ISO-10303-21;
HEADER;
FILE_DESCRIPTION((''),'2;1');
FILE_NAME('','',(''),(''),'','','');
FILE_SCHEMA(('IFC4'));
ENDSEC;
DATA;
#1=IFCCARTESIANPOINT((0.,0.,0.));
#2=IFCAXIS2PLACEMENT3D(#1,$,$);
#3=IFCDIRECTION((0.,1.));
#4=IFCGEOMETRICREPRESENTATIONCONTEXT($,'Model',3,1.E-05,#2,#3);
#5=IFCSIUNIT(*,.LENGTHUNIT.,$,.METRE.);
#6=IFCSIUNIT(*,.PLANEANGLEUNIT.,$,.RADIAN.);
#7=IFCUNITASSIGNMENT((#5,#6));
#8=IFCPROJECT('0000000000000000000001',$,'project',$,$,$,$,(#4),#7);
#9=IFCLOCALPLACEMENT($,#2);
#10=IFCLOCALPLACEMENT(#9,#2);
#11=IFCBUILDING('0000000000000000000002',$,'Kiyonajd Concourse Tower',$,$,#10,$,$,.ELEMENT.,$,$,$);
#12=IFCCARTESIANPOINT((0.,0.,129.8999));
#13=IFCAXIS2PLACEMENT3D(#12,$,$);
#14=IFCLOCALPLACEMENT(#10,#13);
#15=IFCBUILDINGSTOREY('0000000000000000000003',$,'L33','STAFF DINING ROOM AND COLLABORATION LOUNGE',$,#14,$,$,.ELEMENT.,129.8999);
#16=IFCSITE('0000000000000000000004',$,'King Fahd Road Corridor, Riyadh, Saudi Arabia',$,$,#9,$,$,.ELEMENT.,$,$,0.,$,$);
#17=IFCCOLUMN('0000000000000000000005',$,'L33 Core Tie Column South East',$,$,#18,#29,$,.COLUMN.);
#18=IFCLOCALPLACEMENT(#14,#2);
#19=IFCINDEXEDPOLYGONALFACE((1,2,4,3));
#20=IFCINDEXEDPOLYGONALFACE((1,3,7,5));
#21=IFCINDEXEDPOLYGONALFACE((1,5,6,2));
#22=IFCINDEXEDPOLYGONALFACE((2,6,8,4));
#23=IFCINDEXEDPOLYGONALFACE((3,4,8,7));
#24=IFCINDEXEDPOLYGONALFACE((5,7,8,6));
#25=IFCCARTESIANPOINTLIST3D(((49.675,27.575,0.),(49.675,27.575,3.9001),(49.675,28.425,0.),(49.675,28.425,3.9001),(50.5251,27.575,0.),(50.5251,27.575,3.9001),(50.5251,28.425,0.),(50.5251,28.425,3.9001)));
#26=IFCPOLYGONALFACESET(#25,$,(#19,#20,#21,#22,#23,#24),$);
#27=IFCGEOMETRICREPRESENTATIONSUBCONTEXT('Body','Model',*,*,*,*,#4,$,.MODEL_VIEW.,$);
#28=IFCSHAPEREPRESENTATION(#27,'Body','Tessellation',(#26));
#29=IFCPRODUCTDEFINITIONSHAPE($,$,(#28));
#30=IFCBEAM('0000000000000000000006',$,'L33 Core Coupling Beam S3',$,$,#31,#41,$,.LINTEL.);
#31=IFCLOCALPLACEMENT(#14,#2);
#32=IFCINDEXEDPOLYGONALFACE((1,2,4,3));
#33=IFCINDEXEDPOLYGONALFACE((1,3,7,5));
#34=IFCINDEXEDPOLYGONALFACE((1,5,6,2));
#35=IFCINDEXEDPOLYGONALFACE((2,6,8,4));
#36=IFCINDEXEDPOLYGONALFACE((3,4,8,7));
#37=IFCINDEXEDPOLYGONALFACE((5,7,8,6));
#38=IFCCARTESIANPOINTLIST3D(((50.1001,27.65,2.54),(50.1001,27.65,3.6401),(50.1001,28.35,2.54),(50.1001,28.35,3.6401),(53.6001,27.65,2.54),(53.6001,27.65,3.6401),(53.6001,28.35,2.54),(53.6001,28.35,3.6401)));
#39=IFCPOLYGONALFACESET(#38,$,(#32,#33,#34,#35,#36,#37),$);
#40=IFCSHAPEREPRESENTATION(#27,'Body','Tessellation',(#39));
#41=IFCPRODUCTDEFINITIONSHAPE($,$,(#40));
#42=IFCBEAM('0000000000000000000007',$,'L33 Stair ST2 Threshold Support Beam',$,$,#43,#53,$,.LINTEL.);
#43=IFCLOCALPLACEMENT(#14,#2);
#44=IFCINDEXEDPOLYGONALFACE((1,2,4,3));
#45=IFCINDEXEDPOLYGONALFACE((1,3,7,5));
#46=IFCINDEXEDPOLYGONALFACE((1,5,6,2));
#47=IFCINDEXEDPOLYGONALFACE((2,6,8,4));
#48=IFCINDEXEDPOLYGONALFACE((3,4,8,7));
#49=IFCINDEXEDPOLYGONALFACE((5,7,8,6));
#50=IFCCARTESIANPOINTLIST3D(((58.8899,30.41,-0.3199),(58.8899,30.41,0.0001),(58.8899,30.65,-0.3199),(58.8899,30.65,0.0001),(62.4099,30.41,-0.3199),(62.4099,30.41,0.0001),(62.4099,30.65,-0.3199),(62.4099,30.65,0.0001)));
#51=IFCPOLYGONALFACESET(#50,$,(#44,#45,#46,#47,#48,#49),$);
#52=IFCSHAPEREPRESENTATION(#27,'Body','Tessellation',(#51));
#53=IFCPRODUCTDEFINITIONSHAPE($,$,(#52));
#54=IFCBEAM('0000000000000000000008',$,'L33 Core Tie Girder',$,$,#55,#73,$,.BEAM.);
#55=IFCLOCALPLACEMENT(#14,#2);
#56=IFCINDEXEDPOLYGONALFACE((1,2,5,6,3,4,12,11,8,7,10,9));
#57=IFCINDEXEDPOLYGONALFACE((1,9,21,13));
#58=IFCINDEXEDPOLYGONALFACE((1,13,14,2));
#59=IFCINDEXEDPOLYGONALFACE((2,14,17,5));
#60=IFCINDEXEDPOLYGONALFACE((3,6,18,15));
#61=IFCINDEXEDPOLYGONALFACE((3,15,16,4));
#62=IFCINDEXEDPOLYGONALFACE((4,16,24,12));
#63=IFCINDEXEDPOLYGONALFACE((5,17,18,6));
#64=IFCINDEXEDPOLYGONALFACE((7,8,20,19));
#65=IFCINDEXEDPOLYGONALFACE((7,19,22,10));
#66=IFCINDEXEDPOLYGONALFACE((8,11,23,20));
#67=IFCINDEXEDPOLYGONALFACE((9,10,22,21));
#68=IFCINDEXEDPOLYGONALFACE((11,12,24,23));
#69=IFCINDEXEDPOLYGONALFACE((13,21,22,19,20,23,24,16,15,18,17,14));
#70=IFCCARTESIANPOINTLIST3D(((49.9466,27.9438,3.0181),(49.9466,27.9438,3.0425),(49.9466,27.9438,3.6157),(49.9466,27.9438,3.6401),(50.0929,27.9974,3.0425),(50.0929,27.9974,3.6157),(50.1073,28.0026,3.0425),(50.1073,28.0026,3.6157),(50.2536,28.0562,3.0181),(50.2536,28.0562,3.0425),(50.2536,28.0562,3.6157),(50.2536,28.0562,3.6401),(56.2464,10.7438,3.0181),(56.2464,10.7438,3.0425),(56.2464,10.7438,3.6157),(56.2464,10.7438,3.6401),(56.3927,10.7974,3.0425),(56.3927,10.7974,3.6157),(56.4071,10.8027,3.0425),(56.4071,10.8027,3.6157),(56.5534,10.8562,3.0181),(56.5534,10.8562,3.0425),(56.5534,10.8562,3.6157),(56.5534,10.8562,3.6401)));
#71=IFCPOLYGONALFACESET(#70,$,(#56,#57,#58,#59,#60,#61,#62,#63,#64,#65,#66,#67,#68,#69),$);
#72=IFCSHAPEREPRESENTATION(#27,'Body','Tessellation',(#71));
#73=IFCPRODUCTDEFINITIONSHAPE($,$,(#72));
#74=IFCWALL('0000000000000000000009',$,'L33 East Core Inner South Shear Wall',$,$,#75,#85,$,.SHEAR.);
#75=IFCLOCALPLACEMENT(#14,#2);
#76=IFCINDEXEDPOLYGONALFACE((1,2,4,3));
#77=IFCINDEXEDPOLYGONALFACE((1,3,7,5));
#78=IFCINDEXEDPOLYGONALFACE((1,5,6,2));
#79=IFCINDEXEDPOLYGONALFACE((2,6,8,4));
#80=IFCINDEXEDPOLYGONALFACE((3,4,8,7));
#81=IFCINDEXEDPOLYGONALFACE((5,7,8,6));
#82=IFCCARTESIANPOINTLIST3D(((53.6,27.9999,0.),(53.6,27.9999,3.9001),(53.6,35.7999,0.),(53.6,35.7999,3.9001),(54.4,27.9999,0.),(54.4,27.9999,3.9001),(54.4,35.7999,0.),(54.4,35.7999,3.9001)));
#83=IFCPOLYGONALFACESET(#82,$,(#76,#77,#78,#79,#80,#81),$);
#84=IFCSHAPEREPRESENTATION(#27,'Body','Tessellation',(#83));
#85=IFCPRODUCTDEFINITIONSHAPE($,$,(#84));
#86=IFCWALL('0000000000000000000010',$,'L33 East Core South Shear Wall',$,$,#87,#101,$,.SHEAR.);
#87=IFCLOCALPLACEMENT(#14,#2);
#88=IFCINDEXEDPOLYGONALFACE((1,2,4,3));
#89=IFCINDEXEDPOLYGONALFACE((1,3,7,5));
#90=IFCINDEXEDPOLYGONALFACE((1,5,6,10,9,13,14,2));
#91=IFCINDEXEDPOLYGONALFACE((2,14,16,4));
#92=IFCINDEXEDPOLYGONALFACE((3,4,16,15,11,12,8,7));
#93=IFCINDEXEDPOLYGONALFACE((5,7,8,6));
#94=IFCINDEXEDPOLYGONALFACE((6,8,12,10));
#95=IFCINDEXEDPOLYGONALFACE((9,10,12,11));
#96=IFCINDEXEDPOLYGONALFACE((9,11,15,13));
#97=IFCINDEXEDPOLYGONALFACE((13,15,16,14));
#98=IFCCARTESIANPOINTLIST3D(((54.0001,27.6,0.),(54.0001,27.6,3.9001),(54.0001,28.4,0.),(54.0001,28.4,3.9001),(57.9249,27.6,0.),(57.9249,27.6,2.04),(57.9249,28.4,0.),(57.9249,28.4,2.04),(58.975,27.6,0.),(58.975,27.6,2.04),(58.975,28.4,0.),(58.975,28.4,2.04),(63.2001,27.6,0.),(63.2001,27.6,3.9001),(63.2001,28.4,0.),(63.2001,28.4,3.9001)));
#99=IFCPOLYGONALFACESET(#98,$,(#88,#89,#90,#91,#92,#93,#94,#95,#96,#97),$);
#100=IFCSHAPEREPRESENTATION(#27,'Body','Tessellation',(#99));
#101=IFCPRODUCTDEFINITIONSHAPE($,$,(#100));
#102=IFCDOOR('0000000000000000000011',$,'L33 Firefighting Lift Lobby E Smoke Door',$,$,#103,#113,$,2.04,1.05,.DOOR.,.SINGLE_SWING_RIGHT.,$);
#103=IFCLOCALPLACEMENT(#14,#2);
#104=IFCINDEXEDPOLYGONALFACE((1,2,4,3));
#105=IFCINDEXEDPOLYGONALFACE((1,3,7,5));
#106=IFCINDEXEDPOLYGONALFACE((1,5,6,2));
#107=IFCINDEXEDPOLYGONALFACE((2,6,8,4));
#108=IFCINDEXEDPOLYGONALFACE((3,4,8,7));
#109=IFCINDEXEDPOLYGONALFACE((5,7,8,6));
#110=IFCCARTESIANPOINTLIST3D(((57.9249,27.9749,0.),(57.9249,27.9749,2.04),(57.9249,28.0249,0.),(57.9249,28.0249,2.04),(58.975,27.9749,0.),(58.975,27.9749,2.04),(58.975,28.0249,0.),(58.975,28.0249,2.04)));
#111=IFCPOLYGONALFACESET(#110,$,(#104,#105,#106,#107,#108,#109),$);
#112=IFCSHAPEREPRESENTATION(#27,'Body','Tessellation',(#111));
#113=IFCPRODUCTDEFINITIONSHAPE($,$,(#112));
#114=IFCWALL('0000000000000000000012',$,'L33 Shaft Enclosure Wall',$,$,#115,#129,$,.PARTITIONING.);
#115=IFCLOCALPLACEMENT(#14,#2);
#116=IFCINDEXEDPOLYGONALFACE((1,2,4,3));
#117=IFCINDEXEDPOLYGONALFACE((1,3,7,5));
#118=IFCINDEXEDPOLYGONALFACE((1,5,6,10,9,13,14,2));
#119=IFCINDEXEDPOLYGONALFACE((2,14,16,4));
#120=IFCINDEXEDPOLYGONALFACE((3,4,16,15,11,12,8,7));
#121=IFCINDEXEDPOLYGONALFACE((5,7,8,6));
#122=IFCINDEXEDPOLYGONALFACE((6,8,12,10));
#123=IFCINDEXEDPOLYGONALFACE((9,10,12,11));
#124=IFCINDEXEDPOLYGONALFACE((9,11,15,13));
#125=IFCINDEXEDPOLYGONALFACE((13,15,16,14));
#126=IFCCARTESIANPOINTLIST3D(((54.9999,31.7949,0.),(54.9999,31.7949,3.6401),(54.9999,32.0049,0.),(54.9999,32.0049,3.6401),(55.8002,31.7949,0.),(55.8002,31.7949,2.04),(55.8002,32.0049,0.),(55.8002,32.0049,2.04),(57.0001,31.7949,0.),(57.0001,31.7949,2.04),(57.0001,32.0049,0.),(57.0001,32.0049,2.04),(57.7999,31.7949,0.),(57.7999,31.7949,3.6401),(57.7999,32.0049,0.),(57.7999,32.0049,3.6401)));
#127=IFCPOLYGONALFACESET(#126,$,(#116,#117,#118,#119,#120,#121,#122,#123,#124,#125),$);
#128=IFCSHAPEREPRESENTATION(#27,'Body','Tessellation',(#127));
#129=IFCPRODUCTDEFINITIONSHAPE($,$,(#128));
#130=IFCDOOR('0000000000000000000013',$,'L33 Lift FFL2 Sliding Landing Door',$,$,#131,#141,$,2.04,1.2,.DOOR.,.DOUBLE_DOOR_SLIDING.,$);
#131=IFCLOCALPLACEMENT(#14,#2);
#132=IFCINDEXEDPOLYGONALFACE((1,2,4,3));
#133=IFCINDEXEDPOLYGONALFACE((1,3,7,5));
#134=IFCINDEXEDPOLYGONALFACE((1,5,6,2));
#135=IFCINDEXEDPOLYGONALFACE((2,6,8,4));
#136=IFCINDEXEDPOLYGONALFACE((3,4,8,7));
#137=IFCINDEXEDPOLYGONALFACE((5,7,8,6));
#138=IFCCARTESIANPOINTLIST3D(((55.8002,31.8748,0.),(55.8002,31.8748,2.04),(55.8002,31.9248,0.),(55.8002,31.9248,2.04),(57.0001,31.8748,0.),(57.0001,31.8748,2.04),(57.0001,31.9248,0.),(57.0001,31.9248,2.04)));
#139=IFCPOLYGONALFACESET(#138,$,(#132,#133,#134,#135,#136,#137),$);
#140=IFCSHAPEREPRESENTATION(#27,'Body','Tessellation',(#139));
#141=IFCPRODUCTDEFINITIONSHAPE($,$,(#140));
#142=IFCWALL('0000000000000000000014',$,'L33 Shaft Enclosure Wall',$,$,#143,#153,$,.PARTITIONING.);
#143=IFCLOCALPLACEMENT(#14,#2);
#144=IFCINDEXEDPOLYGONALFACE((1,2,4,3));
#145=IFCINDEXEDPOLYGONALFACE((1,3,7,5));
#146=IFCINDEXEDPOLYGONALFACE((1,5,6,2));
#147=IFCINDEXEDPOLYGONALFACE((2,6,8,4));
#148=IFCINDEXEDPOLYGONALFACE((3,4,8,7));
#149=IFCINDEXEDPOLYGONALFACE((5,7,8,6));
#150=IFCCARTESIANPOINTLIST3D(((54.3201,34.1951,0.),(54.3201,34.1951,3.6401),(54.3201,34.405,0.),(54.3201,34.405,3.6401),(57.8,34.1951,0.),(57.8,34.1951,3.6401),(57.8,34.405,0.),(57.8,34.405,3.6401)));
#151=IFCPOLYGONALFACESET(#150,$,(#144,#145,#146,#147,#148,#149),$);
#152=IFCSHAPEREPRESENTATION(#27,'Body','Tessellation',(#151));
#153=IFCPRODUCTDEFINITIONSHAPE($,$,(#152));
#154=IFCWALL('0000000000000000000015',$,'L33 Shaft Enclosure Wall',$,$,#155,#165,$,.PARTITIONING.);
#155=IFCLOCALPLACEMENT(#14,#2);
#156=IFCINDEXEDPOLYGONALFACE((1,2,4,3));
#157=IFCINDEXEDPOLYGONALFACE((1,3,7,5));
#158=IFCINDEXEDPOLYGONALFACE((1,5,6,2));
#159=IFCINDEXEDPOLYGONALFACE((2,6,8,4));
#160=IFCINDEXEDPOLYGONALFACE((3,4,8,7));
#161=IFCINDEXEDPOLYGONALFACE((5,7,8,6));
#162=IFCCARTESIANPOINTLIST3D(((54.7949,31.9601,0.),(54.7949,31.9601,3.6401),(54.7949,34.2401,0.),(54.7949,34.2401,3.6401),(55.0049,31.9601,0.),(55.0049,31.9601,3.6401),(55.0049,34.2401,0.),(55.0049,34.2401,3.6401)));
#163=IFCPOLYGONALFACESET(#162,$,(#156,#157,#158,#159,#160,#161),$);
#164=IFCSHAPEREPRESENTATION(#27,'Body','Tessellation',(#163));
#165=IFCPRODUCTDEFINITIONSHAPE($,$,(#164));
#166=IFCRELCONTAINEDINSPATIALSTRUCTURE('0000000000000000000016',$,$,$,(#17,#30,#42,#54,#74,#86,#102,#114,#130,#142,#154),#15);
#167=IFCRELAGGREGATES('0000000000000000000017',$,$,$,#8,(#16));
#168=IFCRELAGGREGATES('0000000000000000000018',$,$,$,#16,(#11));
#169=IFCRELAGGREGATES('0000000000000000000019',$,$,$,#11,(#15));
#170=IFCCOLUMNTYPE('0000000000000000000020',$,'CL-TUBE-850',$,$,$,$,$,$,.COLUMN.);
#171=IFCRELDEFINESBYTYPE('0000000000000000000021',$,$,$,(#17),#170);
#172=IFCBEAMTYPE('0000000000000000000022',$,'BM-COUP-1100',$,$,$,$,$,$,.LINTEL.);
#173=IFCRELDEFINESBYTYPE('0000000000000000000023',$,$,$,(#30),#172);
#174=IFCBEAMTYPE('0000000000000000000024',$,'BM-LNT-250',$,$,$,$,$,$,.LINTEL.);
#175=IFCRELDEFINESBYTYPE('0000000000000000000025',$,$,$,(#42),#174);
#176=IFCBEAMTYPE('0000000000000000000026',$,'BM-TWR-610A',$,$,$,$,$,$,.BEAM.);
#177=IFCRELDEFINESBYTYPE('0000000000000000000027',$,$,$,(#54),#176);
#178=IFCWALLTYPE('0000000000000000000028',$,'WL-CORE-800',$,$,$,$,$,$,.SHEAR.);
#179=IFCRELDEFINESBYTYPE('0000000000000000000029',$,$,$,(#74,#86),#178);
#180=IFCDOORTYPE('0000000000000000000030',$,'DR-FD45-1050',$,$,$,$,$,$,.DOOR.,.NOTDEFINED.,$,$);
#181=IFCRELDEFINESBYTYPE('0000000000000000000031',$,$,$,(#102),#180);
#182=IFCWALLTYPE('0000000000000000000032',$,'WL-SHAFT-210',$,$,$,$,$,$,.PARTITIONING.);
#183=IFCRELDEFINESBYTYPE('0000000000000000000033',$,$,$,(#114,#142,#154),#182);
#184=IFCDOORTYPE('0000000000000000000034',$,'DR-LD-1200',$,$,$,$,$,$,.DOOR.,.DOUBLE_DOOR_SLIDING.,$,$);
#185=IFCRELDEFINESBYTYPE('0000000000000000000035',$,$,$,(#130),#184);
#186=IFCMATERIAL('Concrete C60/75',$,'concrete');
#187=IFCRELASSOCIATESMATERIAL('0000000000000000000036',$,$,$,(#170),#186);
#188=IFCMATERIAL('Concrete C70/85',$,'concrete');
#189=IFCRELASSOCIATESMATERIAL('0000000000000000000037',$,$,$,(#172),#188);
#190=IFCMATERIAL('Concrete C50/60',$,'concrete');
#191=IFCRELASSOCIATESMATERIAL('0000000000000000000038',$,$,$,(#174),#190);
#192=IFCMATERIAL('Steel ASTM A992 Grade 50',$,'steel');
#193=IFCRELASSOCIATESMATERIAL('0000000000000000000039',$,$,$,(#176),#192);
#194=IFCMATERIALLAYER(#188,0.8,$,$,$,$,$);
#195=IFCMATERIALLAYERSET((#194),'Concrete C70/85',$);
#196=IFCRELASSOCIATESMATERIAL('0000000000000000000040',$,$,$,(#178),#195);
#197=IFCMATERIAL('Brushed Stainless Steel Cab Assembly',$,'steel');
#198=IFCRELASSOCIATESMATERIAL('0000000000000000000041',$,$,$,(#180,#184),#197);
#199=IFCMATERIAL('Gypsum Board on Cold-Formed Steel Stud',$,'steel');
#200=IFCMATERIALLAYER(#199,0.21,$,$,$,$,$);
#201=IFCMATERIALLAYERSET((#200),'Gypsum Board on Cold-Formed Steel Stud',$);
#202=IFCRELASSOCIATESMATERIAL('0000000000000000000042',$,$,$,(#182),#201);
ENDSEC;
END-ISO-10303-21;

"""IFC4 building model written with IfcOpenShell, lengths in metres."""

from ifc_helpers import new_model, si_unit, direction, frame, frame_2d, origin, origin_2d, place, context, subcontext, project, spatial, rectangle, i_section, extrude, material, layer, layer_set, material_profile, profile_set, type_object, element, fill, save


model = new_model("IFC4")

# Units and contexts
model_context = context("Model", 3, precision=1e-05, world=origin(), true_north=direction((0.0, 1.0)))
body_context = subcontext(model_context, "Body", "Model", "MODEL_VIEW")
ifc_project = project(units=[si_unit("LENGTHUNIT", "METRE"), si_unit("PLANEANGLEUNIT", "RADIAN")], contexts=[model_context])

# Site, building, storey
site_placement = place(None, origin())
site = spatial("IfcSite", under=ifc_project, at=site_placement, Name="King Fahd Road Corridor, Riyadh, Saudi Arabia", CompositionType="ELEMENT", RefElevation=0.0)
building_placement = place(site_placement, origin())
building = spatial("IfcBuilding", under=site, at=building_placement, Name="Kiyonajd Concourse Tower", CompositionType="ELEMENT")
storey_placement = place(building_placement, frame((0.0, 0.0, 129.8999)))
storey = spatial("IfcBuildingStorey", under=building, at=storey_placement, Name="L33", Description="STAFF DINING ROOM AND COLLABORATION LOUNGE", CompositionType="ELEMENT", Elevation=129.8999)

# Column
ifc_material_1 = material(Name="Concrete C60/75", Category="concrete")
ifc_material_profile_1 = material_profile(ifc_material_1, rectangle(XDim=0.8501, YDim=0.8501, at=origin_2d()), Name="RC-850x850")
ifc_profile_set_1 = profile_set([ifc_material_profile_1], Name="Concrete C60/75")
column_type = type_object("IfcColumnType", Name="CL-TUBE-850", PredefinedType="COLUMN", material=ifc_profile_set_1)
column_placement = place(storey_placement, frame((50.1001, 28.0, 0.0), z_axis=(0.0, 0.0, 1.0), x_axis=(1.0, 0.0, 0.0)))
element("IfcColumn", 1, at=column_placement, inside=storey, type_object=column_type, Name="L33 Core Tie Column South East", PredefinedType="COLUMN", context=body_context, shape_type="SweptSolid", body=[
    extrude(rectangle(XDim=0.8501, YDim=0.8501, at=origin_2d()), origin(), (0.0, 0.0, 1.0), 3.9001),
])

# Beams
ifc_material_2 = material(Name="Concrete C70/85", Category="concrete")
ifc_material_profile_2 = material_profile(ifc_material_2, rectangle(XDim=0.7, YDim=1.1001, at=origin_2d()), Name="RCBM-700x1100")
ifc_profile_set_2 = profile_set([ifc_material_profile_2], Name="Concrete C70/85")
beam_type_1 = type_object("IfcBeamType", Name="BM-COUP-1100", PredefinedType="LINTEL", material=ifc_profile_set_2)
beam_1_placement = place(storey_placement, frame((50.1001, 28.0, 3.0901), z_axis=(1.0, 0.0, 0.0), x_axis=(0.0, 1.0, 0.0)))
element("IfcBeam", 2, at=beam_1_placement, inside=storey, type_object=beam_type_1, Name="L33 Core Coupling Beam S3", PredefinedType="LINTEL", context=body_context, shape_type="SweptSolid", body=[
    extrude(rectangle(XDim=0.7, YDim=1.1001, at=origin_2d()), origin(), (0.0, 0.0, 1.0), 3.5),
])
ifc_material_3 = material(Name="Concrete C50/60", Category="concrete")
ifc_material_profile_3 = material_profile(ifc_material_3, rectangle(XDim=0.24, YDim=0.3201, at=origin_2d()), Name="RCBM-240x320")
ifc_profile_set_3 = profile_set([ifc_material_profile_3], Name="Concrete C50/60")
beam_type_2 = type_object("IfcBeamType", Name="BM-LNT-250", PredefinedType="LINTEL", material=ifc_profile_set_3)
beam_2_placement = place(storey_placement, frame((58.8899, 30.53, -0.1599), z_axis=(1.0, 0.0, 0.0), x_axis=(0.0, 1.0, 0.0)))
element("IfcBeam", 3, at=beam_2_placement, inside=storey, type_object=beam_type_2, Name="L33 Stair ST2 Threshold Support Beam", PredefinedType="LINTEL", context=body_context, shape_type="SweptSolid", body=[
    extrude(rectangle(XDim=0.24, YDim=0.3201, at=origin_2d()), origin(), (0.0, 0.0, 1.0), 3.52),
])
ifc_material_4 = material(Name="Steel ASTM A992 Grade 50", Category="steel")
ifc_material_profile_4 = material_profile(ifc_material_4, i_section(OverallWidth=0.3269, OverallDepth=0.6221, WebThickness=0.0154, FlangeThickness=0.0244, at=origin_2d()), Name="W610X195")
ifc_profile_set_4 = profile_set([ifc_material_profile_4], Name="Steel ASTM A992 Grade 50")
beam_type_3 = type_object("IfcBeamType", Name="BM-TWR-610A", PredefinedType="BEAM", material=ifc_profile_set_4)
beam_3_placement = place(storey_placement, frame((50.1001, 28.0, 3.3291), z_axis=(0.343925, -0.938997, 0.0), x_axis=(0.938997, 0.343925, 0.0)))
element("IfcBeam", 4, at=beam_3_placement, inside=storey, type_object=beam_type_3, Name="L33 Core Tie Girder", PredefinedType="BEAM", context=body_context, shape_type="SweptSolid", body=[
    extrude(i_section(OverallWidth=0.3269, OverallDepth=0.6221, WebThickness=0.0154, FlangeThickness=0.0244, at=origin_2d()), origin(), (0.0, 0.0, 1.0), 18.3174),
])

# Wall
ifc_layer_1 = layer(ifc_material_2, 0.8)
ifc_layer_set_1 = layer_set([ifc_layer_1], Name="Concrete C70/85")
wall_type_1 = type_object("IfcWallType", Name="WL-CORE-800", PredefinedType="SHEAR", material=ifc_layer_set_1)
wall_1_placement = place(storey_placement, frame((54.0, 28.0, 0.0), z_axis=(0.0, 0.0, 1.0), x_axis=(0.0, 1.0, 0.0)))
element("IfcWall", 5, at=wall_1_placement, inside=storey, type_object=wall_type_1, Name="L33 East Core Inner South Shear Wall", PredefinedType="SHEAR", context=body_context, shape_type="SweptSolid", body=[
    extrude(rectangle(XDim=7.8, YDim=0.8, at=frame_2d((3.8999, 0.0))), origin(), (0.0, 0.0, 1.0), 3.9001),
])

# Walls, openings, doors
wall_2_placement = place(storey_placement, frame((54.0, 28.0, 0.0), z_axis=(0.0, 0.0, 1.0), x_axis=(1.0, 0.0, 0.0)))
wall_2 = element("IfcWall", 6, at=wall_2_placement, inside=storey, type_object=wall_type_1, Name="L33 East Core South Shear Wall", PredefinedType="SHEAR", context=body_context, shape_type="SweptSolid", body=[
    extrude(rectangle(XDim=9.2, YDim=0.8, at=frame_2d((4.6001, 0.0))), origin(), (0.0, 0.0, 1.0), 3.9001),
])
opening_1_placement = place(wall_2_placement, frame((3.925, 0.0, 0.0)))
opening_1 = element("IfcOpeningElement", 7, at=opening_1_placement, cuts=wall_2, PredefinedType="OPENING", context=body_context, shape_type="SweptSolid", body=[
    extrude(rectangle(XDim=1.05, YDim=2.04, at=frame_2d((0.5249, 1.02))), frame((0.0, 0.4099, 0.0), z_axis=(0.0, -1.0, 0.0), x_axis=(1.0, 0.0, 0.0)), (0.0, 0.0, 1.0), 0.8201),
])
ifc_material_5 = material(Name="Brushed Stainless Steel Cab Assembly", Category="steel")
door_type_1 = type_object("IfcDoorType", Name="DR-FD45-1050", OperationType="NOTDEFINED", PredefinedType="DOOR", material=ifc_material_5)
door_1_placement = place(opening_1_placement, origin())
door_1 = element("IfcDoor", 8, at=door_1_placement, inside=storey, type_object=door_type_1, Name="L33 Firefighting Lift Lobby E Smoke Door", OperationType="SINGLE_SWING_RIGHT", OverallHeight=2.04, OverallWidth=1.05, PredefinedType="DOOR", context=body_context, shape_type="SweptSolid", body=[
    extrude(rectangle(XDim=1.05, YDim=2.04, at=frame_2d((0.5249, 1.02))), frame((0.0, 0.0249, 0.0), z_axis=(0.0, -1.0, 0.0), x_axis=(1.0, 0.0, 0.0)), (0.0, 0.0, 1.0), 0.05),
])
fill(opening_1, door_1)
ifc_material_6 = material(Name="Gypsum Board on Cold-Formed Steel Stud", Category="steel")
ifc_layer_2 = layer(ifc_material_6, 0.21)
ifc_layer_set_2 = layer_set([ifc_layer_2], Name="Gypsum Board on Cold-Formed Steel Stud")
wall_type_2 = type_object("IfcWallType", Name="WL-SHAFT-210", PredefinedType="PARTITIONING", material=ifc_layer_set_2)
wall_3_placement = place(storey_placement, frame((55.0, 31.8999, 0.0), z_axis=(0.0, 0.0, 1.0), x_axis=(1.0, 0.0, 0.0)))
wall_3 = element("IfcWall", 9, at=wall_3_placement, inside=storey, type_object=wall_type_2, Name="L33 Shaft Enclosure Wall", PredefinedType="PARTITIONING", context=body_context, shape_type="SweptSolid", body=[
    extrude(rectangle(XDim=2.8, YDim=0.21, at=frame_2d((1.3999, 0.0))), origin(), (0.0, 0.0, 1.0), 3.6401),
])
opening_2_placement = place(wall_3_placement, frame((0.8, 0.0, 0.0)))
opening_2 = element("IfcOpeningElement", 10, at=opening_2_placement, cuts=wall_3, PredefinedType="OPENING", context=body_context, shape_type="SweptSolid", body=[
    extrude(rectangle(XDim=1.2, YDim=2.04, at=frame_2d((0.6001, 1.02))), frame((0.0, 0.115, 0.0), z_axis=(0.0, -1.0, 0.0), x_axis=(1.0, 0.0, 0.0)), (0.0, 0.0, 1.0), 0.23),
])
door_type_2 = type_object("IfcDoorType", Name="DR-LD-1200", OperationType="DOUBLE_DOOR_SLIDING", PredefinedType="DOOR", material=ifc_material_5)
door_2_placement = place(opening_2_placement, origin())
door_2 = element("IfcDoor", 11, at=door_2_placement, inside=storey, type_object=door_type_2, Name="L33 Lift FFL2 Sliding Landing Door", OperationType="DOUBLE_DOOR_SLIDING", OverallHeight=2.04, OverallWidth=1.2, PredefinedType="DOOR", context=body_context, shape_type="SweptSolid", body=[
    extrude(rectangle(XDim=1.2, YDim=2.04, at=frame_2d((0.6001, 1.02))), frame((0.0, 0.0249, 0.0), z_axis=(0.0, -1.0, 0.0), x_axis=(1.0, 0.0, 0.0)), (0.0, 0.0, 1.0), 0.05),
])
fill(opening_2, door_2)

# Walls
wall_4_placement = place(storey_placement, frame((54.3201, 34.3, 0.0), z_axis=(0.0, 0.0, 1.0), x_axis=(1.0, 0.0, 0.0)))
element("IfcWall", 12, at=wall_4_placement, inside=storey, type_object=wall_type_2, Name="L33 Shaft Enclosure Wall", PredefinedType="PARTITIONING", context=body_context, shape_type="SweptSolid", body=[
    extrude(rectangle(XDim=3.48, YDim=0.21, at=frame_2d((1.74, 0.0))), origin(), (0.0, 0.0, 1.0), 3.6401),
])
for number, where, z_axis, x_axis, name in (
    (13, (54.8999, 31.96, 0.0), (0.0, 0.0, 1.0), (0.0, 1.0, 0.0), "L33 Shaft Enclosure Wall"),
):
    element("IfcWall", number, at=place(storey_placement, frame(where, z_axis=z_axis, x_axis=x_axis)), inside=storey, type_object=wall_type_2, Name=name, PredefinedType="PARTITIONING", context=body_context, shape_type="SweptSolid", body=[
        extrude(rectangle(XDim=2.28, YDim=0.21, at=frame_2d((1.1401, 0.0))), origin(), (0.0, 0.0, 1.0), 3.6401),
    ])

save(model, "model.ifc")
